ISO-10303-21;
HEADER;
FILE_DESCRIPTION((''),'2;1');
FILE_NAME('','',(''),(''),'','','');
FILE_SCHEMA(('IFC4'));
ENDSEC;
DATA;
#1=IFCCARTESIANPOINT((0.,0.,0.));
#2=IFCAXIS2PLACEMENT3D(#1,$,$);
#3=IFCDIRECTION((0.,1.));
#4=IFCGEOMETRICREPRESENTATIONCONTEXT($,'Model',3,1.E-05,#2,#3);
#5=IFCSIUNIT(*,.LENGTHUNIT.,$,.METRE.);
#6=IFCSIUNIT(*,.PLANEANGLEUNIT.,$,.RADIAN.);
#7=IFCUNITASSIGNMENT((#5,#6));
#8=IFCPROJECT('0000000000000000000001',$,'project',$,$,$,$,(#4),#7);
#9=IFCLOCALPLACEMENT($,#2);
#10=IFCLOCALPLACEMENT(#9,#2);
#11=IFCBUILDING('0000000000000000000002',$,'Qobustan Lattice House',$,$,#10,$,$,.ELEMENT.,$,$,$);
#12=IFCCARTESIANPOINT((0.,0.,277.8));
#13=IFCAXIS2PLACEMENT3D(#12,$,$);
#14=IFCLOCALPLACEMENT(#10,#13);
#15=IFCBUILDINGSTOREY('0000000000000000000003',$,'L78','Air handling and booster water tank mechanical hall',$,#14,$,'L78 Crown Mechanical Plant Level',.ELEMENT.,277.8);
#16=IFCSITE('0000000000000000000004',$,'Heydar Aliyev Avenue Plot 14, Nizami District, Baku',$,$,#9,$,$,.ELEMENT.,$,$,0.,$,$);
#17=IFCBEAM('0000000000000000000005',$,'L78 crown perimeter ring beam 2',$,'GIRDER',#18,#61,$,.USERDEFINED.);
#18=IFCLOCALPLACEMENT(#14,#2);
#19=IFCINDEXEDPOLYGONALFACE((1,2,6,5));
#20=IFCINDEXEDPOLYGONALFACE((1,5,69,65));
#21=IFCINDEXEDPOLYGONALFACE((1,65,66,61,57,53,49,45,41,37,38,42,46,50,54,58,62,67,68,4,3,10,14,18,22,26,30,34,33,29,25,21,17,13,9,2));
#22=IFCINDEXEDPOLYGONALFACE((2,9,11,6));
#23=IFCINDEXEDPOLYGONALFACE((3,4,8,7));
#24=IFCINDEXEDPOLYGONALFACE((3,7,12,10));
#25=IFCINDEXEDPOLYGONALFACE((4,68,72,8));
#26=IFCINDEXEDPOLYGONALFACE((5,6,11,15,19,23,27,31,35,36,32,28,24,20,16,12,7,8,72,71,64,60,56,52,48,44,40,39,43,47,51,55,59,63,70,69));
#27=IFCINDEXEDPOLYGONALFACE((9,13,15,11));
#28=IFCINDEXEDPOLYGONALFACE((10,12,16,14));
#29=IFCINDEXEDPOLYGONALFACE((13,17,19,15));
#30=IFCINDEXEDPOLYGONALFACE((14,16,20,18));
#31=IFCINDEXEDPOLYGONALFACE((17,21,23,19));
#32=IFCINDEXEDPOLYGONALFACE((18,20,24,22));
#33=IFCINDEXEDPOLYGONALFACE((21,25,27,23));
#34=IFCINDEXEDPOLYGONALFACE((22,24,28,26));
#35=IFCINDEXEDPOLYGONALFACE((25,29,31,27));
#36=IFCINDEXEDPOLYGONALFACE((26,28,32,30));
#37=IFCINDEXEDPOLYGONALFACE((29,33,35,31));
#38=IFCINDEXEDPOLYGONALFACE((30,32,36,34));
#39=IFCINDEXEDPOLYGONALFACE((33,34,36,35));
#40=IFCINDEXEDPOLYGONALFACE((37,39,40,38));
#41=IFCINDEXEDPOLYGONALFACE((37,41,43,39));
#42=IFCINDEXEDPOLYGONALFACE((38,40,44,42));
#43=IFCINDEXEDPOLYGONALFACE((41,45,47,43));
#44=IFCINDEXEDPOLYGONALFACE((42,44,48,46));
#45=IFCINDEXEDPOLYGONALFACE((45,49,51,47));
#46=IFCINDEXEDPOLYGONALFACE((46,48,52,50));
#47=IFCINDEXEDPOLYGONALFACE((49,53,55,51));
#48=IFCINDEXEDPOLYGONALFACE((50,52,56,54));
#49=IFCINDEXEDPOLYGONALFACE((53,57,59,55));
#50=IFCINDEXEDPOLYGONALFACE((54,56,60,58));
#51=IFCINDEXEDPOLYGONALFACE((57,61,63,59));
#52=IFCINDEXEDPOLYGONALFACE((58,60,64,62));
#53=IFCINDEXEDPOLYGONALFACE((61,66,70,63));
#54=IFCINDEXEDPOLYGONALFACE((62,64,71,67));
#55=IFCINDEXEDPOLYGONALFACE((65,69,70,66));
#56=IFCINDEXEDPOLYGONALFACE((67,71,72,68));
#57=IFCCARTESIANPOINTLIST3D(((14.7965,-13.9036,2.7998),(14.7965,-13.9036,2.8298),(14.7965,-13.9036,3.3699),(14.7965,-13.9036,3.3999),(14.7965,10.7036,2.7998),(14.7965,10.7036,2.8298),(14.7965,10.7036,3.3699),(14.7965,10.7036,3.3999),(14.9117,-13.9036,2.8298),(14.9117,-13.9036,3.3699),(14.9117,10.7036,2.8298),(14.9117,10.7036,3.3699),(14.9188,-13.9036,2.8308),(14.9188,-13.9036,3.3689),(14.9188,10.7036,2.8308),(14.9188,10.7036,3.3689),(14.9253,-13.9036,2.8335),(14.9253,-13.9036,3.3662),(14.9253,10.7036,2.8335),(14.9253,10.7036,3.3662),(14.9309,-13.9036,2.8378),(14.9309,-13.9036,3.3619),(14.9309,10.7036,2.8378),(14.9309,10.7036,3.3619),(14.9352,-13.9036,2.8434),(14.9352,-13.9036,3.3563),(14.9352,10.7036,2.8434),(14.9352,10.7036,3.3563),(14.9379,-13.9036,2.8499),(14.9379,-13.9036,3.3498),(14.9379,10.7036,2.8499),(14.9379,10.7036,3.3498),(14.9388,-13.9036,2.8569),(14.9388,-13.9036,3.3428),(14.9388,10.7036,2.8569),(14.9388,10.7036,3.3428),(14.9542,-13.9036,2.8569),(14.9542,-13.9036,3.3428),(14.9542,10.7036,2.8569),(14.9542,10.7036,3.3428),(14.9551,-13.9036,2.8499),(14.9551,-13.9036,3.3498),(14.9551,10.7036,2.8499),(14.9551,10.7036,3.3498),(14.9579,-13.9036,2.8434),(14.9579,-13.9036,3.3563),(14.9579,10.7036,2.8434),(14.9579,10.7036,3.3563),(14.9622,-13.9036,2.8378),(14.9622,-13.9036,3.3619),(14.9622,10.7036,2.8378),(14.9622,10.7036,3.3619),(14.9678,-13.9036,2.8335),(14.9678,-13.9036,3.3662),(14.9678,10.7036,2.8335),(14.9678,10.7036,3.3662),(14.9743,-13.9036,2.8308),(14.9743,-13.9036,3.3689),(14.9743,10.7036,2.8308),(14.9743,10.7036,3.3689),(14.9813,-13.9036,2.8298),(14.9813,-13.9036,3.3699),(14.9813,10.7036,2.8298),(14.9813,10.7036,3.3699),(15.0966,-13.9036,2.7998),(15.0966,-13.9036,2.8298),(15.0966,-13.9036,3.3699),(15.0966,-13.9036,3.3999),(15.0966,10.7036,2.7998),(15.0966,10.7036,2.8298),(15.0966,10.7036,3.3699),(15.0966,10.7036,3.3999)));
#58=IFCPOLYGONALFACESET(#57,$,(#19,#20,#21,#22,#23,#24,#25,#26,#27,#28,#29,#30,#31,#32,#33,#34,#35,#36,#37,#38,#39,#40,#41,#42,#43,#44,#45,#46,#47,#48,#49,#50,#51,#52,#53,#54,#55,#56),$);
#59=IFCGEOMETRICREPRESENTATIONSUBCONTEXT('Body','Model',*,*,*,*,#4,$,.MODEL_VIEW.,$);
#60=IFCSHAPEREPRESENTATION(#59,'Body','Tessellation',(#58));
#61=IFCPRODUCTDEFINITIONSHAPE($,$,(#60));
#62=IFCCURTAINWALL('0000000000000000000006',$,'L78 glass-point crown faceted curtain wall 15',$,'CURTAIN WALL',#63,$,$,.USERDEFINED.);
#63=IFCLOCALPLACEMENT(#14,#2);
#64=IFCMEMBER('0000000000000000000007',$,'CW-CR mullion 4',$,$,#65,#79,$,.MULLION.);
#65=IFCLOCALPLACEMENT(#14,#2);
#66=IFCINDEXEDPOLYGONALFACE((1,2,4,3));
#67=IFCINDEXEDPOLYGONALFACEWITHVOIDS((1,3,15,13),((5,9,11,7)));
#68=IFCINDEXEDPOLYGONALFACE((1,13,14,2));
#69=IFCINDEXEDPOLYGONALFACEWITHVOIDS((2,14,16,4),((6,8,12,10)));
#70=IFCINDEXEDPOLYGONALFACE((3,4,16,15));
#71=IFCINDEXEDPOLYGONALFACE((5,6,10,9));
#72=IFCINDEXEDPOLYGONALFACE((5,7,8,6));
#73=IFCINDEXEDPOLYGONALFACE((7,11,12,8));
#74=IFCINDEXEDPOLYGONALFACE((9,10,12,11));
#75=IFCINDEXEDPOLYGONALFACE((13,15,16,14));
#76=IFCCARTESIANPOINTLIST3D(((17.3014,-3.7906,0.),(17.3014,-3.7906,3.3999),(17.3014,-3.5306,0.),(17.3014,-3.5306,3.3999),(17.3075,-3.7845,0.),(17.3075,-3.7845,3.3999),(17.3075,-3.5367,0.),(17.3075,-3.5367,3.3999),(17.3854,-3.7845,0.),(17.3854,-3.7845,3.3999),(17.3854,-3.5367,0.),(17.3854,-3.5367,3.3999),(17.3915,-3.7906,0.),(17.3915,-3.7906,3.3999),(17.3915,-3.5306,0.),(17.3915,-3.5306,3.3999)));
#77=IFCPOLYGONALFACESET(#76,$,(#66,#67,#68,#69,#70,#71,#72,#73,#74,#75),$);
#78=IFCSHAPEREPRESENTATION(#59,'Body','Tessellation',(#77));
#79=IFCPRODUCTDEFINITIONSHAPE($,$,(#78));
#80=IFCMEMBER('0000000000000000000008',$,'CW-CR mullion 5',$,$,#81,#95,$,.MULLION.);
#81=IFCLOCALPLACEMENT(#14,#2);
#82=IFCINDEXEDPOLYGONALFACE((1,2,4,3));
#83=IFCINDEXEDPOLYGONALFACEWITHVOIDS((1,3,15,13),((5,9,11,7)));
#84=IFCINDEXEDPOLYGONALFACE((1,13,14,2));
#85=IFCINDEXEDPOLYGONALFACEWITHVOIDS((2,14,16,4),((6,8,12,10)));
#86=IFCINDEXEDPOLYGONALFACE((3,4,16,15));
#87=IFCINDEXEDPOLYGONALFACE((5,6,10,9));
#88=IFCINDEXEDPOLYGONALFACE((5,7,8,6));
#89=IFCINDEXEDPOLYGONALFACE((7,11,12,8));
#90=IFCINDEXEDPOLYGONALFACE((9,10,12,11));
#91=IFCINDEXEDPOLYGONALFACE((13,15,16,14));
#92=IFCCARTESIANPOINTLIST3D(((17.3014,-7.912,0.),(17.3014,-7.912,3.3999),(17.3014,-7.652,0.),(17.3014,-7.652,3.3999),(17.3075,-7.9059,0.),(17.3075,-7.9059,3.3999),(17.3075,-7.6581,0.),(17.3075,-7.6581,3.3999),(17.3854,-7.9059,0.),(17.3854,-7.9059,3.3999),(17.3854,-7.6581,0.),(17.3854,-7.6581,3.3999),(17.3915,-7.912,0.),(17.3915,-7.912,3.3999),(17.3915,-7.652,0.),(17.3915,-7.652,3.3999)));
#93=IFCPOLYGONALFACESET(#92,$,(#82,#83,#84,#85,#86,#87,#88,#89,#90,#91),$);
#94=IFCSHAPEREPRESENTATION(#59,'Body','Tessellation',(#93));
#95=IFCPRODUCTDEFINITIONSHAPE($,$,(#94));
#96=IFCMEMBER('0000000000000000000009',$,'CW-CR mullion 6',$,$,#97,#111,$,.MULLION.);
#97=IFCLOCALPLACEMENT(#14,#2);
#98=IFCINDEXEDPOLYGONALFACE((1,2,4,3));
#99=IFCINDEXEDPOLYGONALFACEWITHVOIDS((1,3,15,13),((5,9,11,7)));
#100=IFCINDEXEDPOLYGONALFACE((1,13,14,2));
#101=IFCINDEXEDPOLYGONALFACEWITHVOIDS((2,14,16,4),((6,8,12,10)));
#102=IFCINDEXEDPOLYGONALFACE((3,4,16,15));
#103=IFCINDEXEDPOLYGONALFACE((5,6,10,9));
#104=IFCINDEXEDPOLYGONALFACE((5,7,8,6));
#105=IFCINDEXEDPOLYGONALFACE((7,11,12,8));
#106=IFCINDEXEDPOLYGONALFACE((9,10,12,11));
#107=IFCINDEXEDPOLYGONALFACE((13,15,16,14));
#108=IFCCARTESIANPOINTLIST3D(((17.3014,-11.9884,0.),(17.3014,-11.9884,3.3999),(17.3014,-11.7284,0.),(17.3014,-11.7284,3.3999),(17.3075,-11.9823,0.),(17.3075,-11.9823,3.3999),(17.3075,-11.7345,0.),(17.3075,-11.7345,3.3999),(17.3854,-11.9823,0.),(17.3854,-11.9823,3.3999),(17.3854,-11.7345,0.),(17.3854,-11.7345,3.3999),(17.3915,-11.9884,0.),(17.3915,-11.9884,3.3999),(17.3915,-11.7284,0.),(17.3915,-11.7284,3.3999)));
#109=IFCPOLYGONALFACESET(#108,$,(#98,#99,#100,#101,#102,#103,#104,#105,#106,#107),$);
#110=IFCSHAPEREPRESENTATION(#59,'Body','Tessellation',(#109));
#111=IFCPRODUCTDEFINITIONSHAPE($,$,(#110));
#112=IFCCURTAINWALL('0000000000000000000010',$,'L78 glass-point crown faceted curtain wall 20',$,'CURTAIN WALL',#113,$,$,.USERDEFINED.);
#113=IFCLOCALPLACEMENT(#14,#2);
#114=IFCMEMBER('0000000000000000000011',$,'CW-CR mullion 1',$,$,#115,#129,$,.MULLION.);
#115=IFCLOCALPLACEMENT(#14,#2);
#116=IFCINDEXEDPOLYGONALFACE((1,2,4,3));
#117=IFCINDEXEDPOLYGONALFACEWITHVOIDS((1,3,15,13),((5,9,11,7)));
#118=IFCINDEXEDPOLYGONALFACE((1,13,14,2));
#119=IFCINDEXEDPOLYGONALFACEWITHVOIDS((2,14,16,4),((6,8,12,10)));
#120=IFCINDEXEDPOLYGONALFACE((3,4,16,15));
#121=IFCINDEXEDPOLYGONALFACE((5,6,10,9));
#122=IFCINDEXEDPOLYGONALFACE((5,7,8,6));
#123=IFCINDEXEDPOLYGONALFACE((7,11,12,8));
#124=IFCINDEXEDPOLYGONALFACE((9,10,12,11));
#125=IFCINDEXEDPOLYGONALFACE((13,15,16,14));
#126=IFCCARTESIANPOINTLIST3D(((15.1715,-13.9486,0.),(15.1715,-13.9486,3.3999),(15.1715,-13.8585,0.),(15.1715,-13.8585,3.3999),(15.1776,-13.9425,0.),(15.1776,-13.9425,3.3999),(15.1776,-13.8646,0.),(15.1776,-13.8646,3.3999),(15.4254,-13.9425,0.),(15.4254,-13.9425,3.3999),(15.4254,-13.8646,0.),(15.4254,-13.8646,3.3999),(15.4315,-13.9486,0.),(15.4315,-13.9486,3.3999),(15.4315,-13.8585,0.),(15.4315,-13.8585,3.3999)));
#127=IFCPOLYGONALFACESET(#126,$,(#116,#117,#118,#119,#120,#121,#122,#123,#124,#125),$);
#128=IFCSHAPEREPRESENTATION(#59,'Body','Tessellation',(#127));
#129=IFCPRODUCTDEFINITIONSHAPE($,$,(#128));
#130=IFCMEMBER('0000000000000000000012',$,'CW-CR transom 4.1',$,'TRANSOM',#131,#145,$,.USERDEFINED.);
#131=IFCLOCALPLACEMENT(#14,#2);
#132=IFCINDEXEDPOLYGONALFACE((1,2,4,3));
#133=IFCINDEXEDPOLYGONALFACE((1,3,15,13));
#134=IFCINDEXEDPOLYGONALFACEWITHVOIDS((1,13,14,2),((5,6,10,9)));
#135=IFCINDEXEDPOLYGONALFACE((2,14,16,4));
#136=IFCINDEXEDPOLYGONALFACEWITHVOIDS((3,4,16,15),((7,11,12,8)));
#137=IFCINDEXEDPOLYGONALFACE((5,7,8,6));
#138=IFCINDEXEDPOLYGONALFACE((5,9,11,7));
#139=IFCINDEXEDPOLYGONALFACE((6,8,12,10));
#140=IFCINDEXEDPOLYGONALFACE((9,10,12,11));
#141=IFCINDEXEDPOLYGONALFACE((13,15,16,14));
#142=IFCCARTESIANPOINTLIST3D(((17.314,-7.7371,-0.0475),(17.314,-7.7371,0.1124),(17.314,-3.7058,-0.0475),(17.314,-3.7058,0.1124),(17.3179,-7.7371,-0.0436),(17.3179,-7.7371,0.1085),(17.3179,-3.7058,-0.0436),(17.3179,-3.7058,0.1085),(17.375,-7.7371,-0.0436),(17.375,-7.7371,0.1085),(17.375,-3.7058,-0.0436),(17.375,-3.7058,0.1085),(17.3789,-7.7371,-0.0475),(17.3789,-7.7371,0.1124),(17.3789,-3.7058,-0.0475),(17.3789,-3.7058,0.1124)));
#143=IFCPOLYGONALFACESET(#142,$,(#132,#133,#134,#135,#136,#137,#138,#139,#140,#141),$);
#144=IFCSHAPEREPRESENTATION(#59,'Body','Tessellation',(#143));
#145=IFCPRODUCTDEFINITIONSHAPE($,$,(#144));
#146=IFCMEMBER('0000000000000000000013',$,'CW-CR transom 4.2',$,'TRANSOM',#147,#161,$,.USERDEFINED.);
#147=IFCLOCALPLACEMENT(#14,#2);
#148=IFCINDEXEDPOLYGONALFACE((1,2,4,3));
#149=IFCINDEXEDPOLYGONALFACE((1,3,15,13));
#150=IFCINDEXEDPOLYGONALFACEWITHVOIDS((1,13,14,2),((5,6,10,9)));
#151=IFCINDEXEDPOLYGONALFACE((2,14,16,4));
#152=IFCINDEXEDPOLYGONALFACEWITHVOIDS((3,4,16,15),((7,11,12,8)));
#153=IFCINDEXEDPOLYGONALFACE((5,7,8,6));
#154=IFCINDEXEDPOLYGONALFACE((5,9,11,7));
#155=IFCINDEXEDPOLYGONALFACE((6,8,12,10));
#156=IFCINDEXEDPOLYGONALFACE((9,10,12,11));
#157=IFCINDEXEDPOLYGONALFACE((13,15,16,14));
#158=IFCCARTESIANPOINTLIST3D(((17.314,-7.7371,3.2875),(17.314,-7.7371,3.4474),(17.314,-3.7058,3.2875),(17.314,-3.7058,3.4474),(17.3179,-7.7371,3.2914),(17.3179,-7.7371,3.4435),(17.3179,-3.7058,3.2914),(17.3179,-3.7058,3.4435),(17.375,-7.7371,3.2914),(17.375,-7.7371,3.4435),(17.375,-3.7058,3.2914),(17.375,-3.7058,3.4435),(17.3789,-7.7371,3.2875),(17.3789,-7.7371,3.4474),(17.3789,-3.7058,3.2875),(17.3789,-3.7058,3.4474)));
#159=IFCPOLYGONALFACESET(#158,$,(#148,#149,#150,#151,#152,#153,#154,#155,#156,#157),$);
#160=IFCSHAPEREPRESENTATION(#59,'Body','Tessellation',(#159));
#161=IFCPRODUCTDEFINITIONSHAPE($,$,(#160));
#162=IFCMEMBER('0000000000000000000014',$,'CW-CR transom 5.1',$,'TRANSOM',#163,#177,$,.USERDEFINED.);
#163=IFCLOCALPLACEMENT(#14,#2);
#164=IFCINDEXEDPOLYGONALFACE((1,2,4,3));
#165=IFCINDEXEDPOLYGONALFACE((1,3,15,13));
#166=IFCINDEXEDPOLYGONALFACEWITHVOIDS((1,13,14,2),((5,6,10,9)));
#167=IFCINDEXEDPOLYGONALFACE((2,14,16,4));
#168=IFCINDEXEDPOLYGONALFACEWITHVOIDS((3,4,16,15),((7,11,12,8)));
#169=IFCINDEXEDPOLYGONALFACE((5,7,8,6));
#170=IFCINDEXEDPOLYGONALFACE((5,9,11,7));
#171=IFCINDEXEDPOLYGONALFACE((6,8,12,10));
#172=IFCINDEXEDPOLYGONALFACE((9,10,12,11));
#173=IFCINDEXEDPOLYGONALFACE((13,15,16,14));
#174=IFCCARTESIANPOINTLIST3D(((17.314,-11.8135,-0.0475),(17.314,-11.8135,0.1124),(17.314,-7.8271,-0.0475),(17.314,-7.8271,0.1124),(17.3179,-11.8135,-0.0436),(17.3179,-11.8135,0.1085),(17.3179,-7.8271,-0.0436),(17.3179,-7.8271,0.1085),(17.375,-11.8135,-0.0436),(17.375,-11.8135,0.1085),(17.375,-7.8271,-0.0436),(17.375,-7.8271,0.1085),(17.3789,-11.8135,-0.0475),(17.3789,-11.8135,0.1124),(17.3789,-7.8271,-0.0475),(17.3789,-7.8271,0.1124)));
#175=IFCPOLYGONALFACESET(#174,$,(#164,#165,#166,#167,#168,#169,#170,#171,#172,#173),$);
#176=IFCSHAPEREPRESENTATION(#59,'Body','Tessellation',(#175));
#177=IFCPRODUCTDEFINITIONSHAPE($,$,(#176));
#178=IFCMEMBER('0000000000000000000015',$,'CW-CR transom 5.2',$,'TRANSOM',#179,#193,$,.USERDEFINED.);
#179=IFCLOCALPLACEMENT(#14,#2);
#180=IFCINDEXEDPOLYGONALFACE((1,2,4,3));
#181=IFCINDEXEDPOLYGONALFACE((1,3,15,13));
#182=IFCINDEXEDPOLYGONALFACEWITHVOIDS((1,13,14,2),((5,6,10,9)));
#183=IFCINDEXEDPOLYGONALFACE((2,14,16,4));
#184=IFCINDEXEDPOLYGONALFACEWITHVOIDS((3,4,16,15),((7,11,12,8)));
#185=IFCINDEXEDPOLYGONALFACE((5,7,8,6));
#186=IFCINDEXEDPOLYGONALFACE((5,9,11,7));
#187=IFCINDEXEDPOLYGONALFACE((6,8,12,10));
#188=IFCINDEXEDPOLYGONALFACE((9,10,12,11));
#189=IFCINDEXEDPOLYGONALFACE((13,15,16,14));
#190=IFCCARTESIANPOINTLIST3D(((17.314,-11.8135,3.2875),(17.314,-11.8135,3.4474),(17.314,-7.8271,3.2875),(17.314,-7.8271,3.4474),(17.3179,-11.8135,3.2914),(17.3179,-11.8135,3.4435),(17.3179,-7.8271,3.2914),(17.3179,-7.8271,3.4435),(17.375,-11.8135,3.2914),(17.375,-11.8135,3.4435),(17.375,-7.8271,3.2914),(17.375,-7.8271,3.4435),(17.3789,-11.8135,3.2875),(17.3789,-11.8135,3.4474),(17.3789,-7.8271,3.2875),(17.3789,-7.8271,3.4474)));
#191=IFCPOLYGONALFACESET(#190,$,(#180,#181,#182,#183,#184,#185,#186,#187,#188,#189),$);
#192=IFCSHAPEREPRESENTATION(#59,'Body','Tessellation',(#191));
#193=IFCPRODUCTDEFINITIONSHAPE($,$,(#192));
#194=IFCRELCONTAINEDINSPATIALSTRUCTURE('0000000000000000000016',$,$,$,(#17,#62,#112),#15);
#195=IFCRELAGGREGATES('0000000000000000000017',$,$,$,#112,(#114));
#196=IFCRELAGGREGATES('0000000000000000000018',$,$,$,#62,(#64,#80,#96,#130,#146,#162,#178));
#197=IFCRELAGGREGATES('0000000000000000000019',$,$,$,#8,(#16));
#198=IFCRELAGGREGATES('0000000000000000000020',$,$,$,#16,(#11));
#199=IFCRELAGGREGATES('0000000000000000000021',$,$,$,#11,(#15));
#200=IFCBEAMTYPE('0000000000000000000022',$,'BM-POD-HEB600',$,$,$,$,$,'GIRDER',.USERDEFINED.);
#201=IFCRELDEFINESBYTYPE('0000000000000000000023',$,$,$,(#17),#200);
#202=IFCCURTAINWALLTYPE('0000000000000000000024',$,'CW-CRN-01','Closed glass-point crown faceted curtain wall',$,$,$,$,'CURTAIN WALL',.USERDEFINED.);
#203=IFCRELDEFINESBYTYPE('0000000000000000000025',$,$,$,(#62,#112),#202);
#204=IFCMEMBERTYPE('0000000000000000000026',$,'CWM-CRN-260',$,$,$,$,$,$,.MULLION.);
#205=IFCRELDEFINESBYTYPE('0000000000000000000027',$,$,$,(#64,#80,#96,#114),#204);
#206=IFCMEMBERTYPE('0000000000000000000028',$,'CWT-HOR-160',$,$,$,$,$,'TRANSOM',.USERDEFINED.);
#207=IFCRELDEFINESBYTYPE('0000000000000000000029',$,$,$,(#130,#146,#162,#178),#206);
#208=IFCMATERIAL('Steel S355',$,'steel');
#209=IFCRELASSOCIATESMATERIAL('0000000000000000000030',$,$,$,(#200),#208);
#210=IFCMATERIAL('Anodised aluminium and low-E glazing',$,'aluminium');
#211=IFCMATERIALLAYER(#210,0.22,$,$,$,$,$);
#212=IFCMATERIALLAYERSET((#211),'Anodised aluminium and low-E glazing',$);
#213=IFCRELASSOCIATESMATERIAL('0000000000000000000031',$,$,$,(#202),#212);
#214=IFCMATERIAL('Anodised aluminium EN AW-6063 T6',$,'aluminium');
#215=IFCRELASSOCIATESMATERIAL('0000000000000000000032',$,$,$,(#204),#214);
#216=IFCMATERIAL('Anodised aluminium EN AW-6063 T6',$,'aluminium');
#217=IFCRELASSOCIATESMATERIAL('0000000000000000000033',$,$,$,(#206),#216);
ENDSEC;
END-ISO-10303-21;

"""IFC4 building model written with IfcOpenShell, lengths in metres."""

from ifc_helpers import new_model, si_unit, direction, frame, origin, origin_2d, place, context, subcontext, project, spatial, hollow_rectangle, i_section, extrude, material, layer, layer_set, material_profile, profile_set, type_object, element, aggregate, save


model = new_model("IFC4")

# Units and contexts
model_context = context("Model", 3, precision=1e-05, world=origin(), true_north=direction((0.0, 1.0)))
body_context = subcontext(model_context, "Body", "Model", "MODEL_VIEW")
ifc_project = project(units=[si_unit("LENGTHUNIT", "METRE"), si_unit("PLANEANGLEUNIT", "RADIAN")], contexts=[model_context])

# Site, building, storey
site_placement = place(None, origin())
site = spatial("IfcSite", under=ifc_project, at=site_placement, Name="Heydar Aliyev Avenue Plot 14, Nizami District, Baku", CompositionType="ELEMENT", RefElevation=0.0)
building_placement = place(site_placement, origin())
building = spatial("IfcBuilding", under=site, at=building_placement, Name="Qobustan Lattice House", CompositionType="ELEMENT")
storey_placement = place(building_placement, frame((0.0, 0.0, 277.8)))
storey = spatial("IfcBuildingStorey", under=building, at=storey_placement, Name="L78", Description="Air handling and booster water tank mechanical hall", LongName="L78 Crown Mechanical Plant Level", CompositionType="ELEMENT", Elevation=277.8)

# Beam
ifc_material_1 = material(Name="Steel S355", Category="steel")
ifc_material_profile_1 = material_profile(ifc_material_1, i_section(OverallWidth=0.3, OverallDepth=0.6001, WebThickness=0.0154, FlangeThickness=0.03, FilletRadius=0.0271, at=origin_2d()), Name="HEB600")
ifc_profile_set_1 = profile_set([ifc_material_profile_1], Name="Steel S355")
beam_type = type_object("IfcBeamType", Name="BM-POD-HEB600", ElementType="GIRDER", PredefinedType="USERDEFINED", material=ifc_profile_set_1)
beam_placement = place(storey_placement, frame((14.9465, -13.9036, 3.0999), z_axis=(0.0, 1.0, 0.0), x_axis=(-1.0, 0.0, 0.0)))
element("IfcBeam", 1, at=beam_placement, inside=storey, type_object=beam_type, Name="L78 crown perimeter ring beam 2", ObjectType="GIRDER", PredefinedType="USERDEFINED", context=body_context, shape_type="SweptSolid", body=[
    extrude(i_section(OverallWidth=0.3, OverallDepth=0.6001, WebThickness=0.0154, FlangeThickness=0.03, FilletRadius=0.0271, at=origin_2d()), origin(), (0.0, 0.0, 1.0), 24.6072),
])

# Curtain wall, members
ifc_material_2 = material(Name="Anodised aluminium and low-E glazing", Category="aluminium")
ifc_layer_1 = layer(ifc_material_2, 0.22)
ifc_layer_set_1 = layer_set([ifc_layer_1], Name="Anodised aluminium and low-E glazing")
curtain_wall_type = type_object("IfcCurtainWallType", Name="CW-CRN-01", Description="Closed glass-point crown faceted curtain wall", ElementType="CURTAIN WALL", PredefinedType="USERDEFINED", material=ifc_layer_set_1)
curtain_wall_1_placement = place(storey_placement, origin())
curtain_wall_1 = element("IfcCurtainWall", 2, at=curtain_wall_1_placement, inside=storey, type_object=curtain_wall_type, Name="L78 glass-point crown faceted curtain wall 15", ObjectType="CURTAIN WALL", PredefinedType="USERDEFINED")
ifc_material_3 = material(Name="Anodised aluminium EN AW-6063 T6", Category="aluminium")
ifc_material_profile_2 = material_profile(ifc_material_3, hollow_rectangle(XDim=0.0901, YDim=0.26, WallThickness=0.0061, at=origin_2d()), Name="CWM-CROWN-260x90")
ifc_profile_set_2 = profile_set([ifc_material_profile_2], Name="Anodised aluminium EN AW-6063 T6")
member_type_1 = type_object("IfcMemberType", Name="CWM-CRN-260", PredefinedType="MULLION", material=ifc_profile_set_2)
member_1_placement = place(storey_placement, frame((17.3464, -3.6606, 0.0), z_axis=(0.0, 0.0, 1.0), x_axis=(1.0, 0.0, 0.0)))
member_1 = element("IfcMember", 3, at=member_1_placement, type_object=member_type_1, Name="CW-CR mullion 4", PredefinedType="MULLION", context=body_context, shape_type="SweptSolid", body=[
    extrude(hollow_rectangle(XDim=0.0901, YDim=0.26, WallThickness=0.0061, at=origin_2d()), origin(), (0.0, 0.0, 1.0), 3.3999),
])
member_2_placement = place(storey_placement, frame((17.3464, -7.782, 0.0), z_axis=(0.0, 0.0, 1.0), x_axis=(1.0, 0.0, 0.0)))
member_2 = element("IfcMember", 4, at=member_2_placement, type_object=member_type_1, Name="CW-CR mullion 5", PredefinedType="MULLION", context=body_context, shape_type="SweptSolid", body=[
    extrude(hollow_rectangle(XDim=0.0901, YDim=0.26, WallThickness=0.0061, at=origin_2d()), origin(), (0.0, 0.0, 1.0), 3.3999),
])
member_3_placement = place(storey_placement, frame((17.3464, -11.8584, 0.0), z_axis=(0.0, 0.0, 1.0), x_axis=(1.0, 0.0, 0.0)))
member_3 = element("IfcMember", 5, at=member_3_placement, type_object=member_type_1, Name="CW-CR mullion 6", PredefinedType="MULLION", context=body_context, shape_type="SweptSolid", body=[
    extrude(hollow_rectangle(XDim=0.0901, YDim=0.26, WallThickness=0.0061, at=origin_2d()), origin(), (0.0, 0.0, 1.0), 3.3999),
])

# Curtain wall, member
curtain_wall_2_placement = place(storey_placement, origin())
curtain_wall_2 = element("IfcCurtainWall", 6, at=curtain_wall_2_placement, inside=storey, type_object=curtain_wall_type, Name="L78 glass-point crown faceted curtain wall 20", ObjectType="CURTAIN WALL", PredefinedType="USERDEFINED")
member_4_placement = place(storey_placement, frame((15.3015, -13.9036, 0.0), z_axis=(0.0, 0.0, 1.0), x_axis=(0.0, -1.0, 0.0)))
member_4 = element("IfcMember", 7, at=member_4_placement, type_object=member_type_1, Name="CW-CR mullion 1", PredefinedType="MULLION", context=body_context, shape_type="SweptSolid", body=[
    extrude(hollow_rectangle(XDim=0.0901, YDim=0.26, WallThickness=0.0061, at=origin_2d()), origin(), (0.0, 0.0, 1.0), 3.3999),
])

# Members
ifc_material_4 = material(Name="Anodised aluminium EN AW-6063 T6", Category="aluminium")
ifc_material_profile_3 = material_profile(ifc_material_4, hollow_rectangle(XDim=0.0649, YDim=0.1599, WallThickness=0.0039, at=origin_2d()), Name="CWT-160x65")
ifc_profile_set_3 = profile_set([ifc_material_profile_3], Name="Anodised aluminium EN AW-6063 T6")
member_type_2 = type_object("IfcMemberType", Name="CWT-HOR-160", ElementType="TRANSOM", PredefinedType="USERDEFINED", material=ifc_profile_set_3)
member_5_placement = place(storey_placement, frame((17.3464, -3.7058, 0.0325), z_axis=(0.0, -1.0, 0.0), x_axis=(1.0, 0.0, 0.0)))
member_5 = element("IfcMember", 8, at=member_5_placement, type_object=member_type_2, Name="CW-CR transom 4.1", ObjectType="TRANSOM", PredefinedType="USERDEFINED", context=body_context, shape_type="SweptSolid", body=[
    extrude(hollow_rectangle(XDim=0.0649, YDim=0.1599, WallThickness=0.0039, at=origin_2d()), origin(), (0.0, 0.0, 1.0), 4.0312),
])
member_6_placement = place(storey_placement, frame((17.3464, -3.7058, 3.3674), z_axis=(0.0, -1.0, 0.0), x_axis=(1.0, 0.0, 0.0)))
member_6 = element("IfcMember", 9, at=member_6_placement, type_object=member_type_2, Name="CW-CR transom 4.2", ObjectType="TRANSOM", PredefinedType="USERDEFINED", context=body_context, shape_type="SweptSolid", body=[
    extrude(hollow_rectangle(XDim=0.0649, YDim=0.1599, WallThickness=0.0039, at=origin_2d()), origin(), (0.0, 0.0, 1.0), 4.0312),
])
member_7_placement = place(storey_placement, frame((17.3464, -7.8271, 0.0325), z_axis=(0.0, -1.0, 0.0), x_axis=(1.0, 0.0, 0.0)))
member_7 = element("IfcMember", 10, at=member_7_placement, type_object=member_type_2, Name="CW-CR transom 5.1", ObjectType="TRANSOM", PredefinedType="USERDEFINED", context=body_context, shape_type="SweptSolid", body=[
    extrude(hollow_rectangle(XDim=0.0649, YDim=0.1599, WallThickness=0.0039, at=origin_2d()), origin(), (0.0, 0.0, 1.0), 3.9863),
])
member_8_placement = place(storey_placement, frame((17.3464, -7.8271, 3.3674), z_axis=(0.0, -1.0, 0.0), x_axis=(1.0, 0.0, 0.0)))
member_8 = element("IfcMember", 11, at=member_8_placement, type_object=member_type_2, Name="CW-CR transom 5.2", ObjectType="TRANSOM", PredefinedType="USERDEFINED", context=body_context, shape_type="SweptSolid", body=[
    extrude(hollow_rectangle(XDim=0.0649, YDim=0.1599, WallThickness=0.0039, at=origin_2d()), origin(), (0.0, 0.0, 1.0), 3.9863),
])
aggregate(curtain_wall_2, [member_4])

aggregate(curtain_wall_1, [member_1, member_2, member_3, member_5, member_6, member_7, member_8])

save(model, "model.ifc")
